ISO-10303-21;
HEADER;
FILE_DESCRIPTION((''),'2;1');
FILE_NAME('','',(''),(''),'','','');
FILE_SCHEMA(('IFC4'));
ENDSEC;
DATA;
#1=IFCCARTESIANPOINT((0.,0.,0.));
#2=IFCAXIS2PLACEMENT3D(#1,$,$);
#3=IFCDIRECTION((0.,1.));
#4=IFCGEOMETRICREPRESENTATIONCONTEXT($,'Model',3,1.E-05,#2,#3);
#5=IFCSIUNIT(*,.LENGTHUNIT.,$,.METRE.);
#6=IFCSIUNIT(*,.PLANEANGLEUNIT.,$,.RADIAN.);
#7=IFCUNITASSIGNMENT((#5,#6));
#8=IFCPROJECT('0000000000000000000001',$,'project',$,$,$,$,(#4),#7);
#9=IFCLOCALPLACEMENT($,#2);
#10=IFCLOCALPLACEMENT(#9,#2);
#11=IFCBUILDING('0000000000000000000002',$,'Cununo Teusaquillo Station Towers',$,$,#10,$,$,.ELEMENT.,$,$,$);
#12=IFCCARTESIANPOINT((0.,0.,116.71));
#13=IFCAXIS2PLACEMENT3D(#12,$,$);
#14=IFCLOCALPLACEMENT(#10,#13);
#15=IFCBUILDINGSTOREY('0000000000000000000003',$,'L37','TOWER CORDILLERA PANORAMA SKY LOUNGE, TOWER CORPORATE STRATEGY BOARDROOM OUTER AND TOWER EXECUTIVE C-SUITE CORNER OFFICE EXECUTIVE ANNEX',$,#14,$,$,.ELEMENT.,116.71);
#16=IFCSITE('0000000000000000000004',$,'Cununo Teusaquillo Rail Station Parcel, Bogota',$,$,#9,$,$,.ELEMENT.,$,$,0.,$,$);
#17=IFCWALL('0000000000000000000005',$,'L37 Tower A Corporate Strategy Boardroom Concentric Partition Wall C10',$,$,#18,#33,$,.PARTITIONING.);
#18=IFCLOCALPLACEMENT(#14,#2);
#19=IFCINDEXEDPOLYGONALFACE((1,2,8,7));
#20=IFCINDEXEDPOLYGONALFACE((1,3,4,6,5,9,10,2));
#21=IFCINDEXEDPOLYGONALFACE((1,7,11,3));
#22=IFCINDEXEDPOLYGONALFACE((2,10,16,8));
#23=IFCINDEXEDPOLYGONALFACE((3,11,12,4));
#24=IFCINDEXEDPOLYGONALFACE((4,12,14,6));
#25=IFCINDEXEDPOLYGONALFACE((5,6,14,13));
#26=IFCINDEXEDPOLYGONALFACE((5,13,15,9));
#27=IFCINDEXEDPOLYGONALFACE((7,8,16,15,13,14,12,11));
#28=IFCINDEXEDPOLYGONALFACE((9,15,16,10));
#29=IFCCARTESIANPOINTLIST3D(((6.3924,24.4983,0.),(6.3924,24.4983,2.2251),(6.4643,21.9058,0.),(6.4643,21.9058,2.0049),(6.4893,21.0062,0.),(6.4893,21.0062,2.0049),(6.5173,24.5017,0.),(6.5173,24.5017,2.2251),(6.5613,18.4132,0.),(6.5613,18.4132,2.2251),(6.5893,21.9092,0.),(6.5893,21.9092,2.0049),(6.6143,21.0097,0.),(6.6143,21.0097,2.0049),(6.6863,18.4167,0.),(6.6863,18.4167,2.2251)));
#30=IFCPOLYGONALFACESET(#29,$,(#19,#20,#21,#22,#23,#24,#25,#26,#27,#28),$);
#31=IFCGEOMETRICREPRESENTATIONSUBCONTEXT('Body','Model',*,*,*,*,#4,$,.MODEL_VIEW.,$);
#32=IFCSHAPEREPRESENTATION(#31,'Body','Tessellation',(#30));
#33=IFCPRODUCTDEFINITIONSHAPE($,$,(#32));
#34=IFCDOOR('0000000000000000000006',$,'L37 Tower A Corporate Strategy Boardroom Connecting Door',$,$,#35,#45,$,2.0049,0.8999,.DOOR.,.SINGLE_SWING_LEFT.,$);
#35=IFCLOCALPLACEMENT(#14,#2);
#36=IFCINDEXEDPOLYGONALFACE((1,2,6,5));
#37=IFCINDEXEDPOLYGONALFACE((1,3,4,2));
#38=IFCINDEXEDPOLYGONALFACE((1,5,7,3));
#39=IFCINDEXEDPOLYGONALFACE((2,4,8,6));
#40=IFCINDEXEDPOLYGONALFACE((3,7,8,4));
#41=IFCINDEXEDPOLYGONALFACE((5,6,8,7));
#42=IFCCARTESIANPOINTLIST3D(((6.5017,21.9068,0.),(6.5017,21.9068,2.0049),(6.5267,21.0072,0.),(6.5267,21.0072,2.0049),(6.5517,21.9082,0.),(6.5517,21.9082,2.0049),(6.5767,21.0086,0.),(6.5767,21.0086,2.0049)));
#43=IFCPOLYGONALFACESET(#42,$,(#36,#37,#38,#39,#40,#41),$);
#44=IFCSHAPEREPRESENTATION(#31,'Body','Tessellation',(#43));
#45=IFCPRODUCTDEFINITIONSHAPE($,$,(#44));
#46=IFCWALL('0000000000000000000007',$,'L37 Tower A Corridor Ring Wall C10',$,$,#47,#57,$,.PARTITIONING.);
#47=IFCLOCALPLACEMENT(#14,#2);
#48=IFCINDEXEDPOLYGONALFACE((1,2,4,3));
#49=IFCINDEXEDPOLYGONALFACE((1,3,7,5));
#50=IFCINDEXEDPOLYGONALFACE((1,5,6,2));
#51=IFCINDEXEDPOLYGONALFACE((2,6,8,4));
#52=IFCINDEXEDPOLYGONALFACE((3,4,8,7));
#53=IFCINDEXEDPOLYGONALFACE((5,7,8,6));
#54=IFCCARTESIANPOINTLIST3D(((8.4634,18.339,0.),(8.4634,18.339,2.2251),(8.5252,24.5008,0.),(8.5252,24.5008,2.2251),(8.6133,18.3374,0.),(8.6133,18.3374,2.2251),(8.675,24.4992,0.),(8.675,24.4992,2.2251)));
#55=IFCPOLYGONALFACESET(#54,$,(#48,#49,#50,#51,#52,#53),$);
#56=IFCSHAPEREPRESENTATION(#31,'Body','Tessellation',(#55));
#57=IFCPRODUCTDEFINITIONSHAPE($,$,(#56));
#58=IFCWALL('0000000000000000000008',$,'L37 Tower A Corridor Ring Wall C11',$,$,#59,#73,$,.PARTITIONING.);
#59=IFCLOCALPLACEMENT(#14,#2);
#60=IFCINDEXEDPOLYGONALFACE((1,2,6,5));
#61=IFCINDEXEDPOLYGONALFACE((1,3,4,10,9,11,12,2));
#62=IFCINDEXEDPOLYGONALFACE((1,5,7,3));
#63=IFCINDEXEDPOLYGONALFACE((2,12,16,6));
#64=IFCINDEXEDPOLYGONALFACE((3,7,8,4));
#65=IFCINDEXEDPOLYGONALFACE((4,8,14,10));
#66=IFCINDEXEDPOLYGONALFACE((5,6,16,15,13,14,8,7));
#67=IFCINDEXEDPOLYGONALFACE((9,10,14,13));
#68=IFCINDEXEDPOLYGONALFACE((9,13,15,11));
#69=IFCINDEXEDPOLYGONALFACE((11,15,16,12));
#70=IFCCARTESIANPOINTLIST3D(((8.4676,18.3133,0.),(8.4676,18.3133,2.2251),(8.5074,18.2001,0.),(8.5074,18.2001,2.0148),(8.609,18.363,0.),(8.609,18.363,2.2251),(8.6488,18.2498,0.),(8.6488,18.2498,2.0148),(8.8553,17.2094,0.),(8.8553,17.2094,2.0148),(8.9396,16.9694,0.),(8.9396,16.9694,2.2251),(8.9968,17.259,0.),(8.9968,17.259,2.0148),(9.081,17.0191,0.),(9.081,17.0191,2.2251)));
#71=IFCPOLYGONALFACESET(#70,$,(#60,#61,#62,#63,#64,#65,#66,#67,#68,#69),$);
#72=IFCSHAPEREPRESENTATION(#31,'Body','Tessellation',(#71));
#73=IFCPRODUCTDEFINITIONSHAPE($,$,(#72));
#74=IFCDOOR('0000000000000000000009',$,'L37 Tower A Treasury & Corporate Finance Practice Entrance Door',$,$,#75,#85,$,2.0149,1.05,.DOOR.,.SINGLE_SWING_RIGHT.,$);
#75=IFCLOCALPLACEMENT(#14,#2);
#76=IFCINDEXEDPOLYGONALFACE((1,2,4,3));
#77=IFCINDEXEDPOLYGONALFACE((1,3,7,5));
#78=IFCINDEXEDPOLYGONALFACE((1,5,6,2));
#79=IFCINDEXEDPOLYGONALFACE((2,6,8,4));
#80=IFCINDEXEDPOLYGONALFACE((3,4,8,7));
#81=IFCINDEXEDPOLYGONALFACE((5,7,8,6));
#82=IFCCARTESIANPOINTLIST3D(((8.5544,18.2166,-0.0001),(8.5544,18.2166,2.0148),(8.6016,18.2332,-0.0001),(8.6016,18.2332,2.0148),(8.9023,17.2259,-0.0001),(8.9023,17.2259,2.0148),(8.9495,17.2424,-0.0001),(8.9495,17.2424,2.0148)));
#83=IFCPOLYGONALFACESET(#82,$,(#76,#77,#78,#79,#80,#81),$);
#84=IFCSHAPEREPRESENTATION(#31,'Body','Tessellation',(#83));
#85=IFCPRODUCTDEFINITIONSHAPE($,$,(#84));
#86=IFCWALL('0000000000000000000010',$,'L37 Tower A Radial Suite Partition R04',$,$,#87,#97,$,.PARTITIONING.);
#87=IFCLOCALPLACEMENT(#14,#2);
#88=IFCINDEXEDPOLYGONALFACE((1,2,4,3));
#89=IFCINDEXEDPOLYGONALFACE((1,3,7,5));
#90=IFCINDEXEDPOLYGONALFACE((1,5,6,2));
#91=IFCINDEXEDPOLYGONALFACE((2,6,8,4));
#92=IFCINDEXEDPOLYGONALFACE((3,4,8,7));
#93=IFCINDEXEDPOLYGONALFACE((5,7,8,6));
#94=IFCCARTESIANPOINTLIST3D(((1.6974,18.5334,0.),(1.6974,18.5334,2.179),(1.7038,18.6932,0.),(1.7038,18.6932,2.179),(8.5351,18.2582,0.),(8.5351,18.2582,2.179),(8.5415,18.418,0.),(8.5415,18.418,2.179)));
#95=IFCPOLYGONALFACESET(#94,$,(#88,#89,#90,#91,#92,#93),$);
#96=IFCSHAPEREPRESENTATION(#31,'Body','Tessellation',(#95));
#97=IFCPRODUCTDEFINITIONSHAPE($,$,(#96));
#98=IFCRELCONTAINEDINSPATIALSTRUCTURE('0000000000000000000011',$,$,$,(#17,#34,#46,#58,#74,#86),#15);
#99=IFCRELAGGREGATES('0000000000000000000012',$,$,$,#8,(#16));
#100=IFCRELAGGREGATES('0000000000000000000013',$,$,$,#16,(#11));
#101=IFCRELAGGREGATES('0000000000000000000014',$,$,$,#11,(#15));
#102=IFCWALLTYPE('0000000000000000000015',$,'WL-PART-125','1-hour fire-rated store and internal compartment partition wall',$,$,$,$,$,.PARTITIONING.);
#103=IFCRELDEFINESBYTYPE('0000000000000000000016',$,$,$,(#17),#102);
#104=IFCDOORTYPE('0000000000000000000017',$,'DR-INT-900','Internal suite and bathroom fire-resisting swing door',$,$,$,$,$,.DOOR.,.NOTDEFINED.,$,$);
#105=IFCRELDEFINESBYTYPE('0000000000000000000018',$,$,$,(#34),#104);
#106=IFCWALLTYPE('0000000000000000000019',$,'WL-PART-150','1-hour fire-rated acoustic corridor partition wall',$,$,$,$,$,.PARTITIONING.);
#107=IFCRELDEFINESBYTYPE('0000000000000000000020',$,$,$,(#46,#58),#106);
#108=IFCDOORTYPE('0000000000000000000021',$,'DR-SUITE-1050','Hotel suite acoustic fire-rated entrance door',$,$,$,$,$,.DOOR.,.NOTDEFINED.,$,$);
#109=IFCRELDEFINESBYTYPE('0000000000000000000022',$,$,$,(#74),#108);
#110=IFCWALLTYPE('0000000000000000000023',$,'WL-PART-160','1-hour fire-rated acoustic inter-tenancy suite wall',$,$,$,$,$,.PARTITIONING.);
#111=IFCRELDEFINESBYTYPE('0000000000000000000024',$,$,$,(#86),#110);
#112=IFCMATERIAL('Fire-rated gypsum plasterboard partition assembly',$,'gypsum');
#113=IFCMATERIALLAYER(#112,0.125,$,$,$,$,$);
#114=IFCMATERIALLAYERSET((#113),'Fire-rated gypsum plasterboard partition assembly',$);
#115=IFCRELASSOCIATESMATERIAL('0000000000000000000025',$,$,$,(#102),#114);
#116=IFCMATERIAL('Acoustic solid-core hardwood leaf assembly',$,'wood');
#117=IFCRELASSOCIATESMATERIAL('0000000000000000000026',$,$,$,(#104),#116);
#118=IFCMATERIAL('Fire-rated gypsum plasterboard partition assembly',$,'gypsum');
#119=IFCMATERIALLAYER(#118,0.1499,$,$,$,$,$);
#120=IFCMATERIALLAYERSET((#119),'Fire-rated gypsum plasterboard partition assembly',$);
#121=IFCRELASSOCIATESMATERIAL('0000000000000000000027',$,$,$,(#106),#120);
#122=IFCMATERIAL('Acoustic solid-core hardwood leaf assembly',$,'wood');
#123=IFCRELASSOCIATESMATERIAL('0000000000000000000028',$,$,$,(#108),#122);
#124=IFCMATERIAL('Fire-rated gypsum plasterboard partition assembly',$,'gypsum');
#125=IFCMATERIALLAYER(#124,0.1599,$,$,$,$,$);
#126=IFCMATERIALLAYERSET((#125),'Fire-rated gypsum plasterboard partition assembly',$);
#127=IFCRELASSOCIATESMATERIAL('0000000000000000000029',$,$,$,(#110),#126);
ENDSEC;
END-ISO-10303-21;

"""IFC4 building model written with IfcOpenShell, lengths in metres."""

from ifc_helpers import new_model, si_unit, direction, frame, frame_2d, origin, place, context, subcontext, project, spatial, rectangle, extrude, source, transform, mapped, material, layer, layer_set, type_object, element, fill, save


model = new_model("IFC4")

# Units and contexts
model_context = context("Model", 3, precision=1e-05, world=origin(), true_north=direction((0.0, 1.0)))
body_context = subcontext(model_context, "Body", "Model", "MODEL_VIEW")
ifc_project = project(units=[si_unit("LENGTHUNIT", "METRE"), si_unit("PLANEANGLEUNIT", "RADIAN")], contexts=[model_context])

# Site, building, storey
site_placement = place(None, origin())
site = spatial("IfcSite", under=ifc_project, at=site_placement, Name="Cununo Teusaquillo Rail Station Parcel, Bogota", CompositionType="ELEMENT", RefElevation=0.0)
building_placement = place(site_placement, origin())
building = spatial("IfcBuilding", under=site, at=building_placement, Name="Cununo Teusaquillo Station Towers", CompositionType="ELEMENT")
storey_placement = place(building_placement, frame((0.0, 0.0, 116.71)))
storey = spatial("IfcBuildingStorey", under=building, at=storey_placement, Name="L37", Description="TOWER CORDILLERA PANORAMA SKY LOUNGE, TOWER CORPORATE STRATEGY BOARDROOM OUTER AND TOWER EXECUTIVE C-SUITE CORNER OFFICE EXECUTIVE ANNEX", CompositionType="ELEMENT", Elevation=116.71)

# Wall, opening, door
ifc_material_1 = material(Name="Fire-rated gypsum plasterboard partition assembly", Category="gypsum")
ifc_layer_1 = layer(ifc_material_1, 0.125)
ifc_layer_set_1 = layer_set([ifc_layer_1], Name="Fire-rated gypsum plasterboard partition assembly")
wall_type_1 = type_object("IfcWallType", Name="WL-PART-125", Description="1-hour fire-rated store and internal compartment partition wall", PredefinedType="PARTITIONING", material=ifc_layer_set_1)
wall_1_placement = place(storey_placement, frame((6.4548, 24.5, 0.0), z_axis=(0.0, 0.0, 1.0), x_axis=(0.027754, -0.999615, 0.0)))
wall_1 = element("IfcWall", 1, at=wall_1_placement, inside=storey, type_object=wall_type_1, Name="L37 Tower A Corporate Strategy Boardroom Concentric Partition Wall C10", PredefinedType="PARTITIONING", context=body_context, shape_type="SweptSolid", body=[
    extrude(rectangle(XDim=6.0874, YDim=0.125, at=frame_2d((3.0437, 0.0))), origin(), (0.0, 0.0, 1.0), 2.2251),
])
shared_shape_1 = source(origin(), body_context, "Body", "SweptSolid", [
    extrude(rectangle(XDim=0.8999, YDim=2.0049, at=frame_2d((0.45, 1.0024))), frame((0.0, 0.0725, 0.0), z_axis=(0.0, -1.0, 0.0), x_axis=(1.0, 0.0, 0.0)), (0.0, 0.0, 1.0), 0.145),
])
opening_1_placement = place(wall_1_placement, frame((2.5935, 0.0, 0.0)))
opening_1 = element("IfcOpeningElement", 2, at=opening_1_placement, cuts=wall_1, PredefinedType="OPENING", context=body_context, shape_type="MappedRepresentation", body=[
    mapped(shared_shape_1, transform((0.0, 0.0, 0.0), x_axis=(1.0, 0.0, 0.0), y_axis=(0.0, 1.0, 0.0), z_axis=(0.0, 0.0, 1.0), scale=1.0)),
])
ifc_material_2 = material(Name="Acoustic solid-core hardwood leaf assembly", Category="wood")
door_type_1 = type_object("IfcDoorType", Name="DR-INT-900", Description="Internal suite and bathroom fire-resisting swing door", OperationType="NOTDEFINED", PredefinedType="DOOR", material=ifc_material_2)
shared_shape_2 = source(origin(), body_context, "Body", "SweptSolid", [
    extrude(rectangle(XDim=0.8999, YDim=2.0049, at=frame_2d((0.45, 1.0024))), frame((0.0, 0.0249, 0.0), z_axis=(0.0, -1.0, 0.0), x_axis=(1.0, 0.0, 0.0)), (0.0, 0.0, 1.0), 0.05),
])
door_1_placement = place(opening_1_placement, origin())
door_1 = element("IfcDoor", 3, at=door_1_placement, inside=storey, type_object=door_type_1, Name="L37 Tower A Corporate Strategy Boardroom Connecting Door", OperationType="SINGLE_SWING_LEFT", OverallHeight=2.0049, OverallWidth=0.8999, PredefinedType="DOOR", context=body_context, shape_type="MappedRepresentation", body=[
    mapped(shared_shape_2, transform((0.0, 0.0, 0.0), x_axis=(1.0, 0.0, 0.0), y_axis=(0.0, 1.0, 0.0), z_axis=(0.0, 0.0, 1.0), scale=1.0)),
])
fill(opening_1, door_1)

# Wall
ifc_material_3 = material(Name="Fire-rated gypsum plasterboard partition assembly", Category="gypsum")
ifc_layer_2 = layer(ifc_material_3, 0.1499)
ifc_layer_set_2 = layer_set([ifc_layer_2], Name="Fire-rated gypsum plasterboard partition assembly")
wall_type_2 = type_object("IfcWallType", Name="WL-PART-150", Description="1-hour fire-rated acoustic corridor partition wall", PredefinedType="PARTITIONING", material=ifc_layer_set_2)
wall_2_placement = place(storey_placement, frame((8.6001, 24.5, 0.0), z_axis=(0.0, 0.0, 1.0), x_axis=(-0.010024, -0.99995, 0.0)))
element("IfcWall", 4, at=wall_2_placement, inside=storey, type_object=wall_type_2, Name="L37 Tower A Corridor Ring Wall C10", PredefinedType="PARTITIONING", context=body_context, shape_type="SweptSolid", body=[
    extrude(rectangle(XDim=6.1621, YDim=0.1499, at=frame_2d((3.0811, 0.0))), origin(), (0.0, 0.0, 1.0), 2.2251),
])

# Wall, opening, door
wall_3_placement = place(storey_placement, frame((8.5383, 18.3381, 0.0), z_axis=(0.0, 0.0, 1.0), x_axis=(0.331358, -0.943505, 0.0)))
wall_3 = element("IfcWall", 5, at=wall_3_placement, inside=storey, type_object=wall_type_2, Name="L37 Tower A Corridor Ring Wall C11", PredefinedType="PARTITIONING", context=body_context, shape_type="SweptSolid", body=[
    extrude(rectangle(XDim=1.4243, YDim=0.1499, at=frame_2d((0.7122, 0.0))), origin(), (0.0, 0.0, 1.0), 2.2251),
])
shared_shape_3 = source(origin(), body_context, "Body", "SweptSolid", [
    extrude(rectangle(XDim=1.05, YDim=2.0149, at=frame_2d((0.5249, 1.0073))), frame((0.0, 0.085, 0.0), z_axis=(0.0, -1.0, 0.0), x_axis=(1.0, 0.0, 0.0)), (0.0, 0.0, 1.0), 0.1699),
])
opening_2_placement = place(wall_3_placement, frame((0.1201, 0.0, 0.0)))
opening_2 = element("IfcOpeningElement", 6, at=opening_2_placement, cuts=wall_3, PredefinedType="OPENING", context=body_context, shape_type="MappedRepresentation", body=[
    mapped(shared_shape_3, transform((0.0, 0.0, 0.0), x_axis=(1.0, 0.0, 0.0), y_axis=(0.0, 1.0, 0.0), z_axis=(0.0, 0.0, 1.0), scale=1.0)),
])
ifc_material_4 = material(Name="Acoustic solid-core hardwood leaf assembly", Category="wood")
door_type_2 = type_object("IfcDoorType", Name="DR-SUITE-1050", Description="Hotel suite acoustic fire-rated entrance door", OperationType="NOTDEFINED", PredefinedType="DOOR", material=ifc_material_4)
shared_shape_4 = source(origin(), body_context, "Body", "SweptSolid", [
    extrude(rectangle(XDim=1.05, YDim=2.0149, at=frame_2d((0.5249, 1.0073))), frame((0.0, 0.0249, 0.0), z_axis=(0.0, -1.0, 0.0), x_axis=(1.0, 0.0, 0.0)), (0.0, 0.0, 1.0), 0.05),
])
door_2_placement = place(opening_2_placement, origin())
door_2 = element("IfcDoor", 7, at=door_2_placement, inside=storey, type_object=door_type_2, Name="L37 Tower A Treasury & Corporate Finance Practice Entrance Door", OperationType="SINGLE_SWING_RIGHT", OverallHeight=2.0149, OverallWidth=1.05, PredefinedType="DOOR", context=body_context, shape_type="MappedRepresentation", body=[
    mapped(shared_shape_4, transform((0.0, 0.0, 0.0), x_axis=(1.0, 0.0, 0.0), y_axis=(0.0, 1.0, 0.0), z_axis=(0.0, 0.0, 1.0), scale=1.0)),
])
fill(opening_2, door_2)

# Wall
ifc_material_5 = material(Name="Fire-rated gypsum plasterboard partition assembly", Category="gypsum")
ifc_layer_3 = layer(ifc_material_5, 0.1599)
ifc_layer_set_3 = layer_set([ifc_layer_3], Name="Fire-rated gypsum plasterboard partition assembly")
wall_type_3 = type_object("IfcWallType", Name="WL-PART-160", Description="1-hour fire-rated acoustic inter-tenancy suite wall", PredefinedType="PARTITIONING", material=ifc_layer_set_3)
wall_4_placement = place(storey_placement, frame((8.5383, 18.3381, 0.0), z_axis=(0.0, 0.0, 1.0), x_axis=(-0.999191, 0.040207, 0.0)))
element("IfcWall", 8, at=wall_4_placement, inside=storey, type_object=wall_type_3, Name="L37 Tower A Radial Suite Partition R04", PredefinedType="PARTITIONING", context=body_context, shape_type="SweptSolid", body=[
    extrude(rectangle(XDim=6.8433, YDim=0.1599, at=frame_2d((3.4216, 0.0))), origin(), (0.0, 0.0, 1.0), 2.179),
])

save(model, "model.ifc")
